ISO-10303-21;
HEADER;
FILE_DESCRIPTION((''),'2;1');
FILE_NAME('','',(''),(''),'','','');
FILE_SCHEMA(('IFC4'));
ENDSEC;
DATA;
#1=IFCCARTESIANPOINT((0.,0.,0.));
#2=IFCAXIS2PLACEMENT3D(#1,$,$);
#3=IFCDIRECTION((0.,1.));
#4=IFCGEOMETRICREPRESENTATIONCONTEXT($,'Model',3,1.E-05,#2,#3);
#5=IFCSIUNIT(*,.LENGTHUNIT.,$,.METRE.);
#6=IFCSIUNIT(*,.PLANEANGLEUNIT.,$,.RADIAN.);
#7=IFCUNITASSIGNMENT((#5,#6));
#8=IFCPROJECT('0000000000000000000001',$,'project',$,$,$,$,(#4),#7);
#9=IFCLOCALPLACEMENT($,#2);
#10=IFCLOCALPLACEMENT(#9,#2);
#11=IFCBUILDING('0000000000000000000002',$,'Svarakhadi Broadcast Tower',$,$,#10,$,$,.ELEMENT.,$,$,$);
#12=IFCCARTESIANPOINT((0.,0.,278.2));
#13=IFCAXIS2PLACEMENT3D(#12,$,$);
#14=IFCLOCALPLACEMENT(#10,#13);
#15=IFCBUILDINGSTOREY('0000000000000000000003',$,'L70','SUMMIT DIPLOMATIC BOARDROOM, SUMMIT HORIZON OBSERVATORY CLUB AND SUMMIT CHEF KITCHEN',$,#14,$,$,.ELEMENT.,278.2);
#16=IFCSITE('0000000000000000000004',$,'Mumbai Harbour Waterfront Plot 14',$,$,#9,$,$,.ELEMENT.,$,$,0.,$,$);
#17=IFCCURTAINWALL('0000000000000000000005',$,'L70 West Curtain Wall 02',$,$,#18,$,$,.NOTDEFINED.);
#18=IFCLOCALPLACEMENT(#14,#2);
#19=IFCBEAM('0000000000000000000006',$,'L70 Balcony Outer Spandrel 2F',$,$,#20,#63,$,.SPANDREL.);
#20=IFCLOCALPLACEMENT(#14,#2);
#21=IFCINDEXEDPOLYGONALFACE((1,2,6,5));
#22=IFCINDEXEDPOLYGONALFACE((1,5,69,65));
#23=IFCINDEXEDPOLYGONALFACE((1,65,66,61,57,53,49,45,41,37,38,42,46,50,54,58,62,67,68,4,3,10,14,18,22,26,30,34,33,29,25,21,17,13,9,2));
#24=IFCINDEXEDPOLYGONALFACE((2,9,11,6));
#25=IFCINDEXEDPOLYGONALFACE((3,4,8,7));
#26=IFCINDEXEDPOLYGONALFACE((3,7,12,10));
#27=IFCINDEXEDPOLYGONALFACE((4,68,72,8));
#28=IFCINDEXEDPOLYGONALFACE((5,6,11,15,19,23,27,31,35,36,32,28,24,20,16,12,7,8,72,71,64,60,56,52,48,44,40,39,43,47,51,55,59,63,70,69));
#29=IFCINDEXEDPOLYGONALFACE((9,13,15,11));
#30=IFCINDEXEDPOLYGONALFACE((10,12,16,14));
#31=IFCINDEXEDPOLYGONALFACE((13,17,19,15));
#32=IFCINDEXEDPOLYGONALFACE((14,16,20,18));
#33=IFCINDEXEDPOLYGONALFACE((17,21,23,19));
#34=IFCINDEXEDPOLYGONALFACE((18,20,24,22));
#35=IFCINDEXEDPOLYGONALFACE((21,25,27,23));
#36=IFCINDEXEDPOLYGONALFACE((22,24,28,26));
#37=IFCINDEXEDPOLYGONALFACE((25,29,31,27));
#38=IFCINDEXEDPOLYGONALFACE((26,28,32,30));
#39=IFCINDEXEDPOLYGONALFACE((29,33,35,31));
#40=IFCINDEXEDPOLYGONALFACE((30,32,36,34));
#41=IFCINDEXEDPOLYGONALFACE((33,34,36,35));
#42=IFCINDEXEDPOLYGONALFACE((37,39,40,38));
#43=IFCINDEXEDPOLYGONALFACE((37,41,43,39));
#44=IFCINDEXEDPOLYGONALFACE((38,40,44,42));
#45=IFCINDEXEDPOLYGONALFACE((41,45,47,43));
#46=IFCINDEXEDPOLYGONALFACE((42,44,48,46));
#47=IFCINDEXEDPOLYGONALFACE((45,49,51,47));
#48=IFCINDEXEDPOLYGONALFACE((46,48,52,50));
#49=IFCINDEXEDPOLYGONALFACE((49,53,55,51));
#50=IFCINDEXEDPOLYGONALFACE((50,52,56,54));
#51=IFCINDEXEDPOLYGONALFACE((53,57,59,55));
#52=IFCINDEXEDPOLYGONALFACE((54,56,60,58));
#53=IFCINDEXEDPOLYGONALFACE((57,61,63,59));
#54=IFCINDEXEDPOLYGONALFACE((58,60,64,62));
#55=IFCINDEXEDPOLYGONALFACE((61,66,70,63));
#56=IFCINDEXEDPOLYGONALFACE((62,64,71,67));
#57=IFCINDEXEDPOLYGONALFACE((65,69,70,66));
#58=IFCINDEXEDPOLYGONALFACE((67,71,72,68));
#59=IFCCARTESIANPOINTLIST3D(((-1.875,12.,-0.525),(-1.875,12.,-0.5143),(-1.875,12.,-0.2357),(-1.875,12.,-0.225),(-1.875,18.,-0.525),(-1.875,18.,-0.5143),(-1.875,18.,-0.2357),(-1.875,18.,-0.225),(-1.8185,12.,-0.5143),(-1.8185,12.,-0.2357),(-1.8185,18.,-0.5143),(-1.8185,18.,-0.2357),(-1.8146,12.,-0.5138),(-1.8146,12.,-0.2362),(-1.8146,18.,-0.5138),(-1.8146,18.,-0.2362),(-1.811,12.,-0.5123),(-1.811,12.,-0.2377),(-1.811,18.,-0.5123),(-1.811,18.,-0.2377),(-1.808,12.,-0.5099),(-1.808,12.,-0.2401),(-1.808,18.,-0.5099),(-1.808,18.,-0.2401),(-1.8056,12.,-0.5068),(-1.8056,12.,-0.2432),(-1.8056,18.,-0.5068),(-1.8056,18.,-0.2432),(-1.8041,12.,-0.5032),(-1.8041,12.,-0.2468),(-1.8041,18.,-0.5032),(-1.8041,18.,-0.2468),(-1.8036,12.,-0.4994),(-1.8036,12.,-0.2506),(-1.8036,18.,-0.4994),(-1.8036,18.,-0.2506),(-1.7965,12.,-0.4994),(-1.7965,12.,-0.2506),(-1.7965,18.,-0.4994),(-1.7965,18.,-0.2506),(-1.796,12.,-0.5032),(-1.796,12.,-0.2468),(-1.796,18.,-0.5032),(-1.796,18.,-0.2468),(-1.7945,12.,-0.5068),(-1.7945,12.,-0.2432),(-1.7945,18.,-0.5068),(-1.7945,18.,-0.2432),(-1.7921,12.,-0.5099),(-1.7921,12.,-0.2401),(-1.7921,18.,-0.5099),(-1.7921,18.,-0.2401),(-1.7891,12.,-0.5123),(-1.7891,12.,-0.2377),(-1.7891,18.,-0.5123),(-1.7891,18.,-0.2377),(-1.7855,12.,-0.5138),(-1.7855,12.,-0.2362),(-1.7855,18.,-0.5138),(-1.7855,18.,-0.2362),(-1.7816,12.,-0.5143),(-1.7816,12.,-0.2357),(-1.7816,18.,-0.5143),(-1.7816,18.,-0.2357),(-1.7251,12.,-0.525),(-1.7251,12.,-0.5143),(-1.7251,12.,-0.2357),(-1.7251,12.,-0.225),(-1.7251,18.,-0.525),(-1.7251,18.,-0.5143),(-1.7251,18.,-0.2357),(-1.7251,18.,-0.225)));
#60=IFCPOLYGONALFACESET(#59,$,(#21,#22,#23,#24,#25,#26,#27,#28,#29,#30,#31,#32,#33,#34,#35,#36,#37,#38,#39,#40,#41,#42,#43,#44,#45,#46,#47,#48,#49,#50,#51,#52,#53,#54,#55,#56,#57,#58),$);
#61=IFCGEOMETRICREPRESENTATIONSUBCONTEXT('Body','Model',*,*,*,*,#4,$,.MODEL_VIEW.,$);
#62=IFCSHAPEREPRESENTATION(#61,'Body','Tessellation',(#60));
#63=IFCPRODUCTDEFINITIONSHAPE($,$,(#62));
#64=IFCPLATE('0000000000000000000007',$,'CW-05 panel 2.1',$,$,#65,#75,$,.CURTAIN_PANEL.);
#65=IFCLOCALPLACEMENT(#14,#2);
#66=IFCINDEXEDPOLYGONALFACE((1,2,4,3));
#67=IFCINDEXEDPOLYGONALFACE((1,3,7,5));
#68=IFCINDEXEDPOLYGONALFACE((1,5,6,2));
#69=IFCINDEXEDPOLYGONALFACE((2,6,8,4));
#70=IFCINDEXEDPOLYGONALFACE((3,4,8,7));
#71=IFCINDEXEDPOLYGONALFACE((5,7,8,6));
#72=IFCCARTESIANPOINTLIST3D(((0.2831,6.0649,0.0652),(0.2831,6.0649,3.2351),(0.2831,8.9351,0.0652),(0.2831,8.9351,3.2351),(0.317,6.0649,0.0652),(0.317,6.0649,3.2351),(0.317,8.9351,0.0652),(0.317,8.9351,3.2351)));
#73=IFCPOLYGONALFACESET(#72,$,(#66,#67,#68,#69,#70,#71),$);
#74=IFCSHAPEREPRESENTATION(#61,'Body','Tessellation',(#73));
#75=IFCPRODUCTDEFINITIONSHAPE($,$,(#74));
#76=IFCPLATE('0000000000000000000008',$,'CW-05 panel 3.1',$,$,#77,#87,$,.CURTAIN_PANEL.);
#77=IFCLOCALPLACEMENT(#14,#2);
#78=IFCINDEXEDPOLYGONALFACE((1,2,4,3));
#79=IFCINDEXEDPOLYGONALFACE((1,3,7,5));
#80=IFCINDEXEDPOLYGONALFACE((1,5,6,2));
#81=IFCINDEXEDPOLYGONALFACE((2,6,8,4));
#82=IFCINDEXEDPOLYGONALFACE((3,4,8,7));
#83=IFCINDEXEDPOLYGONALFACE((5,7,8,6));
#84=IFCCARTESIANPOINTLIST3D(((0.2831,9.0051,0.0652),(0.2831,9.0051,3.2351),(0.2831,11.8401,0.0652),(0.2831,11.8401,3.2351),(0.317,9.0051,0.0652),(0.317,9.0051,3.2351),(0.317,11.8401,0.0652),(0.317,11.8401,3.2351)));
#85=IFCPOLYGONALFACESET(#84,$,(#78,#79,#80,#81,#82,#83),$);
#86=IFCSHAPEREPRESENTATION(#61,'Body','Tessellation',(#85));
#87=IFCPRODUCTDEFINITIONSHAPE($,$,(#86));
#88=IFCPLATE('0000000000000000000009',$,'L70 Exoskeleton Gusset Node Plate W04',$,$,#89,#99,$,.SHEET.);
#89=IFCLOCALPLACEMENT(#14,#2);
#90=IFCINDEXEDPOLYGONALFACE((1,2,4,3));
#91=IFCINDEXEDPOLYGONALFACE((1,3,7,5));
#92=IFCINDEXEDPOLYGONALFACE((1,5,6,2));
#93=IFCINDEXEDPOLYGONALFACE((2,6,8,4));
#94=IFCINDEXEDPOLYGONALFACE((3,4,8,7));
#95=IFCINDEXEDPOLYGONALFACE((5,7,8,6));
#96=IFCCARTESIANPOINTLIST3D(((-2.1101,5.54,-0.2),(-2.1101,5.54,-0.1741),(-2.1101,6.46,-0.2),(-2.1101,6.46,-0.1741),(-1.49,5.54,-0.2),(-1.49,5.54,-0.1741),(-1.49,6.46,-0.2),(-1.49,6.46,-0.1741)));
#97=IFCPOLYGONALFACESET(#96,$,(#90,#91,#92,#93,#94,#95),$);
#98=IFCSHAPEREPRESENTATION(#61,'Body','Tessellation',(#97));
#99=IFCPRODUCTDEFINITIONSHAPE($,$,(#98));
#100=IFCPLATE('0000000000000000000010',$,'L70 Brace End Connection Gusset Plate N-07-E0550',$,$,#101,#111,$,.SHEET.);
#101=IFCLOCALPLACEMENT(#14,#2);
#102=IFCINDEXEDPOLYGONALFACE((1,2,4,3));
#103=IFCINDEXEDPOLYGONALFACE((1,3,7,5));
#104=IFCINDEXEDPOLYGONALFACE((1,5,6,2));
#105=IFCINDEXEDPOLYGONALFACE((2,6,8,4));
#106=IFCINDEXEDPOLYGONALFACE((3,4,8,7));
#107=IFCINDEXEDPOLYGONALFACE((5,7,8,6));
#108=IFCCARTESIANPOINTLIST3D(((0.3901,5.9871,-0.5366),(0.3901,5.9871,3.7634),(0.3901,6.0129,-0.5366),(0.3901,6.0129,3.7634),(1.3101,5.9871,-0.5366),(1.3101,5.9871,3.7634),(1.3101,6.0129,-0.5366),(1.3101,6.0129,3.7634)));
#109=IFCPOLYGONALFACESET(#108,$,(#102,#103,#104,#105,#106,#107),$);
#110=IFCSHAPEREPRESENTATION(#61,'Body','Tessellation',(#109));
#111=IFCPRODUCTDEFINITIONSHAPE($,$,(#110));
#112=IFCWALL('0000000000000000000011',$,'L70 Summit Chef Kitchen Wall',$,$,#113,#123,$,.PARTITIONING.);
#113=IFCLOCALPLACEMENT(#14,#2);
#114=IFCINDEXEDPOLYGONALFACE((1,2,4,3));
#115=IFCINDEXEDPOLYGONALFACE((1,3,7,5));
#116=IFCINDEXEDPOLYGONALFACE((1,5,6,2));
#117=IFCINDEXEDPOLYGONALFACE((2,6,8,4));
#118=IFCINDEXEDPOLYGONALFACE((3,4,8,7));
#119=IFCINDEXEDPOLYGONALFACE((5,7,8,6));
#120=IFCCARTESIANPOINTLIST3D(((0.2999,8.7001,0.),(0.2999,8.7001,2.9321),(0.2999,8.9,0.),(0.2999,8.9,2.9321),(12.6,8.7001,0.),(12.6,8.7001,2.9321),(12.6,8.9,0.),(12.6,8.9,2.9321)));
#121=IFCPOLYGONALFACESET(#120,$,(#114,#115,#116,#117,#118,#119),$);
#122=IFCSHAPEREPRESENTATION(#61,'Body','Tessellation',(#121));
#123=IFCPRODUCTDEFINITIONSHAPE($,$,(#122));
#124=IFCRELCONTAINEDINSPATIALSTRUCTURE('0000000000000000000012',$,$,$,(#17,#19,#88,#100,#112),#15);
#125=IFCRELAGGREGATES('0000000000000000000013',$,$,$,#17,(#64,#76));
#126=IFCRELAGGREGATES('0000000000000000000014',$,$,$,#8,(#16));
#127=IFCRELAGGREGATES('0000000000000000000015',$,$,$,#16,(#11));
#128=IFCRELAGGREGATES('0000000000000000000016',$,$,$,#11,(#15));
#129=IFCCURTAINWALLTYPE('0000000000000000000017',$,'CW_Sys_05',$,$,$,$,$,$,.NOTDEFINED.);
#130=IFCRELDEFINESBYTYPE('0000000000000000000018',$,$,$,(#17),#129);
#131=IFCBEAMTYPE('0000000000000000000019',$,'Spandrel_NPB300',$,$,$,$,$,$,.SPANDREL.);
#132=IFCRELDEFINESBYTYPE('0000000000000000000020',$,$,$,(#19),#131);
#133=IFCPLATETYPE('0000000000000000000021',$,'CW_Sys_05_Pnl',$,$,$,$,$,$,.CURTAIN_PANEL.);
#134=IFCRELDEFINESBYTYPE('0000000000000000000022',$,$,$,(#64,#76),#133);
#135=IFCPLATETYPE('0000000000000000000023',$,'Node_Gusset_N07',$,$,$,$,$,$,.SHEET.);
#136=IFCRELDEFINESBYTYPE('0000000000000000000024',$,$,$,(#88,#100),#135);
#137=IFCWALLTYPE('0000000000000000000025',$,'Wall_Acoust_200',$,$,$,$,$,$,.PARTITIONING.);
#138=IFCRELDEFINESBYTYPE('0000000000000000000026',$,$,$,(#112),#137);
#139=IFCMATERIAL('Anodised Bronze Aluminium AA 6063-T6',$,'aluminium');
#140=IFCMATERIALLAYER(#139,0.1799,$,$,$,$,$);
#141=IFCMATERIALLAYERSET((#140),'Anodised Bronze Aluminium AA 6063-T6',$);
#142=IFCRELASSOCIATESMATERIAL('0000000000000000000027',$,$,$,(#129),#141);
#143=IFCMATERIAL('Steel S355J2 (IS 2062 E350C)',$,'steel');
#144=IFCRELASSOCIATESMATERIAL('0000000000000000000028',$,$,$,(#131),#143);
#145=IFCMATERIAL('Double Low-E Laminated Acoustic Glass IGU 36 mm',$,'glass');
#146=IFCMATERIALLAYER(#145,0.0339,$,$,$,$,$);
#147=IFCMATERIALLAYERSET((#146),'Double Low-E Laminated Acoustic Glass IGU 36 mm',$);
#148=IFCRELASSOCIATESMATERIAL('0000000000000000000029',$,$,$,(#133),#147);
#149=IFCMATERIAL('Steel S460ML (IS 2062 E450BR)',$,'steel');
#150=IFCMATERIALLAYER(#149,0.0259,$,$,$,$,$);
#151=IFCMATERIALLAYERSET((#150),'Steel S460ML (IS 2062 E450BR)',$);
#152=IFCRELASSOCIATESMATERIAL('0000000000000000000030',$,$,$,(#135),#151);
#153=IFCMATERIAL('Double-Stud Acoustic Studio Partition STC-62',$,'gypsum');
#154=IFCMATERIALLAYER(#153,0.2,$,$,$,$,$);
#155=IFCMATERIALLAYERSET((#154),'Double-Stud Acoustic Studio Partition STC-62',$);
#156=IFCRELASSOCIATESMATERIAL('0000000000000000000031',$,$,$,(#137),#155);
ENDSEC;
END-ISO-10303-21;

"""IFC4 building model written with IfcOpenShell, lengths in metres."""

from ifc_helpers import new_model, si_unit, direction, frame, frame_2d, origin, origin_2d, place, context, subcontext, project, spatial, rectangle, i_section, extrude, material, layer, layer_set, material_profile, profile_set, type_object, element, aggregate, save


model = new_model("IFC4")

# Units and contexts
model_context = context("Model", 3, precision=1e-05, world=origin(), true_north=direction((0.0, 1.0)))
body_context = subcontext(model_context, "Body", "Model", "MODEL_VIEW")
ifc_project = project(units=[si_unit("LENGTHUNIT", "METRE"), si_unit("PLANEANGLEUNIT", "RADIAN")], contexts=[model_context])

# Site, building, storey
site_placement = place(None, origin())
site = spatial("IfcSite", under=ifc_project, at=site_placement, Name="Mumbai Harbour Waterfront Plot 14", CompositionType="ELEMENT", RefElevation=0.0)
building_placement = place(site_placement, origin())
building = spatial("IfcBuilding", under=site, at=building_placement, Name="Svarakhadi Broadcast Tower", CompositionType="ELEMENT")
storey_placement = place(building_placement, frame((0.0, 0.0, 278.2)))
storey = spatial("IfcBuildingStorey", under=building, at=storey_placement, Name="L70", Description="SUMMIT DIPLOMATIC BOARDROOM, SUMMIT HORIZON OBSERVATORY CLUB AND SUMMIT CHEF KITCHEN", CompositionType="ELEMENT", Elevation=278.2)

# Shared definitions
ifc_material_1 = material(Name="Steel S460ML (IS 2062 E450BR)", Category="steel")

# Shared definitions
ifc_material_2 = material(Name="Steel S355J2 (IS 2062 E350C)", Category="steel")

# Curtain wall
ifc_material_3 = material(Name="Anodised Bronze Aluminium AA 6063-T6", Category="aluminium")
ifc_layer_1 = layer(ifc_material_3, 0.1799)
ifc_layer_set_1 = layer_set([ifc_layer_1], Name="Anodised Bronze Aluminium AA 6063-T6")
curtain_wall_type = type_object("IfcCurtainWallType", Name="CW_Sys_05", PredefinedType="NOTDEFINED", material=ifc_layer_set_1)
curtain_wall_placement = place(storey_placement, origin())
curtain_wall = element("IfcCurtainWall", 1, at=curtain_wall_placement, inside=storey, type_object=curtain_wall_type, Name="L70 West Curtain Wall 02", PredefinedType="NOTDEFINED")

# Beam
ifc_material_profile_1 = material_profile(ifc_material_2, i_section(OverallWidth=0.1499, OverallDepth=0.3, WebThickness=0.0071, FlangeThickness=0.0107, FilletRadius=0.0149, at=origin_2d()), Name="NPB 300x150x37")
ifc_profile_set_1 = profile_set([ifc_material_profile_1], Name="Steel S355J2 (IS 2062 E350C)")
beam_type_1 = type_object("IfcBeamType", Name="Spandrel_NPB300", PredefinedType="SPANDREL", material=ifc_profile_set_1)
beam_1_placement = place(storey_placement, frame((-1.8, 12.0, -0.375), z_axis=(0.0, 1.0, 0.0), x_axis=(-1.0, 0.0, 0.0)))
element("IfcBeam", 2, at=beam_1_placement, inside=storey, type_object=beam_type_1, Name="L70 Balcony Outer Spandrel 2F", PredefinedType="SPANDREL", context=body_context, shape_type="SweptSolid", body=[
    extrude(i_section(OverallWidth=0.1499, OverallDepth=0.3, WebThickness=0.0071, FlangeThickness=0.0107, FilletRadius=0.0149, at=origin_2d()), origin(), (0.0, 0.0, 1.0), 6.0),
])

# Plates
ifc_material_4 = material(Name="Double Low-E Laminated Acoustic Glass IGU 36 mm", Category="glass")
ifc_layer_2 = layer(ifc_material_4, 0.0339)
ifc_layer_set_2 = layer_set([ifc_layer_2], Name="Double Low-E Laminated Acoustic Glass IGU 36 mm")
plate_type_1 = type_object("IfcPlateType", Name="CW_Sys_05_Pnl", PredefinedType="CURTAIN_PANEL", material=ifc_layer_set_2)
plate_1_placement = place(storey_placement, frame((0.3, 7.5, 0.0652), z_axis=(0.0, 0.0, 1.0), x_axis=(0.0, 1.0, 0.0)))
plate_1 = element("IfcPlate", 3, at=plate_1_placement, type_object=plate_type_1, Name="CW-05 panel 2.1", PredefinedType="CURTAIN_PANEL", context=body_context, shape_type="SweptSolid", body=[
    extrude(rectangle(XDim=2.8701, YDim=0.0339, at=origin_2d()), origin(), (0.0, 0.0, 1.0), 3.1699),
])
plate_2_placement = place(storey_placement, frame((0.3, 10.4226, 0.0652), z_axis=(0.0, 0.0, 1.0), x_axis=(0.0, 1.0, 0.0)))
plate_2 = element("IfcPlate", 4, at=plate_2_placement, type_object=plate_type_1, Name="CW-05 panel 3.1", PredefinedType="CURTAIN_PANEL", context=body_context, shape_type="SweptSolid", body=[
    extrude(rectangle(XDim=2.835, YDim=0.0339, at=origin_2d()), origin(), (0.0, 0.0, 1.0), 3.1699),
])
aggregate(curtain_wall, [plate_1, plate_2])

# Plates
ifc_layer_3 = layer(ifc_material_1, 0.0259)
ifc_layer_set_3 = layer_set([ifc_layer_3], Name="Steel S460ML (IS 2062 E450BR)")
plate_type_2 = type_object("IfcPlateType", Name="Node_Gusset_N07", PredefinedType="SHEET", material=ifc_layer_set_3)
plate_3_placement = place(storey_placement, frame((-1.8, 6.0, -0.2), z_axis=(0.0, 0.0, 1.0), x_axis=(0.0, 1.0, 0.0)))
element("IfcPlate", 5, at=plate_3_placement, inside=storey, type_object=plate_type_2, Name="L70 Exoskeleton Gusset Node Plate W04", PredefinedType="SHEET", context=body_context, shape_type="SweptSolid", body=[
    extrude(rectangle(XDim=0.9199, YDim=0.6201, at=origin_2d()), origin(), (0.0, 0.0, 1.0), 0.0259),
])
plate_4_placement = place(storey_placement, frame((0.8501, 6.0, -0.5366), z_axis=(0.0, 0.0, 1.0), x_axis=(1.0, 0.0, 0.0)))
element("IfcPlate", 6, at=plate_4_placement, inside=storey, type_object=plate_type_2, Name="L70 Brace End Connection Gusset Plate N-07-E0550", PredefinedType="SHEET", context=body_context, shape_type="SweptSolid", body=[
    extrude(rectangle(XDim=0.9199, YDim=0.0259, at=origin_2d()), origin(), (0.0, 0.0, 1.0), 4.3),
])

# Wall
ifc_material_5 = material(Name="Double-Stud Acoustic Studio Partition STC-62", Category="gypsum")
ifc_layer_4 = layer(ifc_material_5, 0.2)
ifc_layer_set_4 = layer_set([ifc_layer_4], Name="Double-Stud Acoustic Studio Partition STC-62")
wall_type_1 = type_object("IfcWallType", Name="Wall_Acoust_200", PredefinedType="PARTITIONING", material=ifc_layer_set_4)
wall_1_placement = place(storey_placement, frame((0.3, 8.8, 0.0), z_axis=(0.0, 0.0, 1.0), x_axis=(1.0, 0.0, 0.0)))
element("IfcWall", 7, at=wall_1_placement, inside=storey, type_object=wall_type_1, Name="L70 Summit Chef Kitchen Wall", PredefinedType="PARTITIONING", context=body_context, shape_type="SweptSolid", body=[
    extrude(rectangle(XDim=12.3, YDim=0.2, at=frame_2d((6.1499, 0.0))), origin(), (0.0, 0.0, 1.0), 2.9321),
])

save(model, "model.ifc")
